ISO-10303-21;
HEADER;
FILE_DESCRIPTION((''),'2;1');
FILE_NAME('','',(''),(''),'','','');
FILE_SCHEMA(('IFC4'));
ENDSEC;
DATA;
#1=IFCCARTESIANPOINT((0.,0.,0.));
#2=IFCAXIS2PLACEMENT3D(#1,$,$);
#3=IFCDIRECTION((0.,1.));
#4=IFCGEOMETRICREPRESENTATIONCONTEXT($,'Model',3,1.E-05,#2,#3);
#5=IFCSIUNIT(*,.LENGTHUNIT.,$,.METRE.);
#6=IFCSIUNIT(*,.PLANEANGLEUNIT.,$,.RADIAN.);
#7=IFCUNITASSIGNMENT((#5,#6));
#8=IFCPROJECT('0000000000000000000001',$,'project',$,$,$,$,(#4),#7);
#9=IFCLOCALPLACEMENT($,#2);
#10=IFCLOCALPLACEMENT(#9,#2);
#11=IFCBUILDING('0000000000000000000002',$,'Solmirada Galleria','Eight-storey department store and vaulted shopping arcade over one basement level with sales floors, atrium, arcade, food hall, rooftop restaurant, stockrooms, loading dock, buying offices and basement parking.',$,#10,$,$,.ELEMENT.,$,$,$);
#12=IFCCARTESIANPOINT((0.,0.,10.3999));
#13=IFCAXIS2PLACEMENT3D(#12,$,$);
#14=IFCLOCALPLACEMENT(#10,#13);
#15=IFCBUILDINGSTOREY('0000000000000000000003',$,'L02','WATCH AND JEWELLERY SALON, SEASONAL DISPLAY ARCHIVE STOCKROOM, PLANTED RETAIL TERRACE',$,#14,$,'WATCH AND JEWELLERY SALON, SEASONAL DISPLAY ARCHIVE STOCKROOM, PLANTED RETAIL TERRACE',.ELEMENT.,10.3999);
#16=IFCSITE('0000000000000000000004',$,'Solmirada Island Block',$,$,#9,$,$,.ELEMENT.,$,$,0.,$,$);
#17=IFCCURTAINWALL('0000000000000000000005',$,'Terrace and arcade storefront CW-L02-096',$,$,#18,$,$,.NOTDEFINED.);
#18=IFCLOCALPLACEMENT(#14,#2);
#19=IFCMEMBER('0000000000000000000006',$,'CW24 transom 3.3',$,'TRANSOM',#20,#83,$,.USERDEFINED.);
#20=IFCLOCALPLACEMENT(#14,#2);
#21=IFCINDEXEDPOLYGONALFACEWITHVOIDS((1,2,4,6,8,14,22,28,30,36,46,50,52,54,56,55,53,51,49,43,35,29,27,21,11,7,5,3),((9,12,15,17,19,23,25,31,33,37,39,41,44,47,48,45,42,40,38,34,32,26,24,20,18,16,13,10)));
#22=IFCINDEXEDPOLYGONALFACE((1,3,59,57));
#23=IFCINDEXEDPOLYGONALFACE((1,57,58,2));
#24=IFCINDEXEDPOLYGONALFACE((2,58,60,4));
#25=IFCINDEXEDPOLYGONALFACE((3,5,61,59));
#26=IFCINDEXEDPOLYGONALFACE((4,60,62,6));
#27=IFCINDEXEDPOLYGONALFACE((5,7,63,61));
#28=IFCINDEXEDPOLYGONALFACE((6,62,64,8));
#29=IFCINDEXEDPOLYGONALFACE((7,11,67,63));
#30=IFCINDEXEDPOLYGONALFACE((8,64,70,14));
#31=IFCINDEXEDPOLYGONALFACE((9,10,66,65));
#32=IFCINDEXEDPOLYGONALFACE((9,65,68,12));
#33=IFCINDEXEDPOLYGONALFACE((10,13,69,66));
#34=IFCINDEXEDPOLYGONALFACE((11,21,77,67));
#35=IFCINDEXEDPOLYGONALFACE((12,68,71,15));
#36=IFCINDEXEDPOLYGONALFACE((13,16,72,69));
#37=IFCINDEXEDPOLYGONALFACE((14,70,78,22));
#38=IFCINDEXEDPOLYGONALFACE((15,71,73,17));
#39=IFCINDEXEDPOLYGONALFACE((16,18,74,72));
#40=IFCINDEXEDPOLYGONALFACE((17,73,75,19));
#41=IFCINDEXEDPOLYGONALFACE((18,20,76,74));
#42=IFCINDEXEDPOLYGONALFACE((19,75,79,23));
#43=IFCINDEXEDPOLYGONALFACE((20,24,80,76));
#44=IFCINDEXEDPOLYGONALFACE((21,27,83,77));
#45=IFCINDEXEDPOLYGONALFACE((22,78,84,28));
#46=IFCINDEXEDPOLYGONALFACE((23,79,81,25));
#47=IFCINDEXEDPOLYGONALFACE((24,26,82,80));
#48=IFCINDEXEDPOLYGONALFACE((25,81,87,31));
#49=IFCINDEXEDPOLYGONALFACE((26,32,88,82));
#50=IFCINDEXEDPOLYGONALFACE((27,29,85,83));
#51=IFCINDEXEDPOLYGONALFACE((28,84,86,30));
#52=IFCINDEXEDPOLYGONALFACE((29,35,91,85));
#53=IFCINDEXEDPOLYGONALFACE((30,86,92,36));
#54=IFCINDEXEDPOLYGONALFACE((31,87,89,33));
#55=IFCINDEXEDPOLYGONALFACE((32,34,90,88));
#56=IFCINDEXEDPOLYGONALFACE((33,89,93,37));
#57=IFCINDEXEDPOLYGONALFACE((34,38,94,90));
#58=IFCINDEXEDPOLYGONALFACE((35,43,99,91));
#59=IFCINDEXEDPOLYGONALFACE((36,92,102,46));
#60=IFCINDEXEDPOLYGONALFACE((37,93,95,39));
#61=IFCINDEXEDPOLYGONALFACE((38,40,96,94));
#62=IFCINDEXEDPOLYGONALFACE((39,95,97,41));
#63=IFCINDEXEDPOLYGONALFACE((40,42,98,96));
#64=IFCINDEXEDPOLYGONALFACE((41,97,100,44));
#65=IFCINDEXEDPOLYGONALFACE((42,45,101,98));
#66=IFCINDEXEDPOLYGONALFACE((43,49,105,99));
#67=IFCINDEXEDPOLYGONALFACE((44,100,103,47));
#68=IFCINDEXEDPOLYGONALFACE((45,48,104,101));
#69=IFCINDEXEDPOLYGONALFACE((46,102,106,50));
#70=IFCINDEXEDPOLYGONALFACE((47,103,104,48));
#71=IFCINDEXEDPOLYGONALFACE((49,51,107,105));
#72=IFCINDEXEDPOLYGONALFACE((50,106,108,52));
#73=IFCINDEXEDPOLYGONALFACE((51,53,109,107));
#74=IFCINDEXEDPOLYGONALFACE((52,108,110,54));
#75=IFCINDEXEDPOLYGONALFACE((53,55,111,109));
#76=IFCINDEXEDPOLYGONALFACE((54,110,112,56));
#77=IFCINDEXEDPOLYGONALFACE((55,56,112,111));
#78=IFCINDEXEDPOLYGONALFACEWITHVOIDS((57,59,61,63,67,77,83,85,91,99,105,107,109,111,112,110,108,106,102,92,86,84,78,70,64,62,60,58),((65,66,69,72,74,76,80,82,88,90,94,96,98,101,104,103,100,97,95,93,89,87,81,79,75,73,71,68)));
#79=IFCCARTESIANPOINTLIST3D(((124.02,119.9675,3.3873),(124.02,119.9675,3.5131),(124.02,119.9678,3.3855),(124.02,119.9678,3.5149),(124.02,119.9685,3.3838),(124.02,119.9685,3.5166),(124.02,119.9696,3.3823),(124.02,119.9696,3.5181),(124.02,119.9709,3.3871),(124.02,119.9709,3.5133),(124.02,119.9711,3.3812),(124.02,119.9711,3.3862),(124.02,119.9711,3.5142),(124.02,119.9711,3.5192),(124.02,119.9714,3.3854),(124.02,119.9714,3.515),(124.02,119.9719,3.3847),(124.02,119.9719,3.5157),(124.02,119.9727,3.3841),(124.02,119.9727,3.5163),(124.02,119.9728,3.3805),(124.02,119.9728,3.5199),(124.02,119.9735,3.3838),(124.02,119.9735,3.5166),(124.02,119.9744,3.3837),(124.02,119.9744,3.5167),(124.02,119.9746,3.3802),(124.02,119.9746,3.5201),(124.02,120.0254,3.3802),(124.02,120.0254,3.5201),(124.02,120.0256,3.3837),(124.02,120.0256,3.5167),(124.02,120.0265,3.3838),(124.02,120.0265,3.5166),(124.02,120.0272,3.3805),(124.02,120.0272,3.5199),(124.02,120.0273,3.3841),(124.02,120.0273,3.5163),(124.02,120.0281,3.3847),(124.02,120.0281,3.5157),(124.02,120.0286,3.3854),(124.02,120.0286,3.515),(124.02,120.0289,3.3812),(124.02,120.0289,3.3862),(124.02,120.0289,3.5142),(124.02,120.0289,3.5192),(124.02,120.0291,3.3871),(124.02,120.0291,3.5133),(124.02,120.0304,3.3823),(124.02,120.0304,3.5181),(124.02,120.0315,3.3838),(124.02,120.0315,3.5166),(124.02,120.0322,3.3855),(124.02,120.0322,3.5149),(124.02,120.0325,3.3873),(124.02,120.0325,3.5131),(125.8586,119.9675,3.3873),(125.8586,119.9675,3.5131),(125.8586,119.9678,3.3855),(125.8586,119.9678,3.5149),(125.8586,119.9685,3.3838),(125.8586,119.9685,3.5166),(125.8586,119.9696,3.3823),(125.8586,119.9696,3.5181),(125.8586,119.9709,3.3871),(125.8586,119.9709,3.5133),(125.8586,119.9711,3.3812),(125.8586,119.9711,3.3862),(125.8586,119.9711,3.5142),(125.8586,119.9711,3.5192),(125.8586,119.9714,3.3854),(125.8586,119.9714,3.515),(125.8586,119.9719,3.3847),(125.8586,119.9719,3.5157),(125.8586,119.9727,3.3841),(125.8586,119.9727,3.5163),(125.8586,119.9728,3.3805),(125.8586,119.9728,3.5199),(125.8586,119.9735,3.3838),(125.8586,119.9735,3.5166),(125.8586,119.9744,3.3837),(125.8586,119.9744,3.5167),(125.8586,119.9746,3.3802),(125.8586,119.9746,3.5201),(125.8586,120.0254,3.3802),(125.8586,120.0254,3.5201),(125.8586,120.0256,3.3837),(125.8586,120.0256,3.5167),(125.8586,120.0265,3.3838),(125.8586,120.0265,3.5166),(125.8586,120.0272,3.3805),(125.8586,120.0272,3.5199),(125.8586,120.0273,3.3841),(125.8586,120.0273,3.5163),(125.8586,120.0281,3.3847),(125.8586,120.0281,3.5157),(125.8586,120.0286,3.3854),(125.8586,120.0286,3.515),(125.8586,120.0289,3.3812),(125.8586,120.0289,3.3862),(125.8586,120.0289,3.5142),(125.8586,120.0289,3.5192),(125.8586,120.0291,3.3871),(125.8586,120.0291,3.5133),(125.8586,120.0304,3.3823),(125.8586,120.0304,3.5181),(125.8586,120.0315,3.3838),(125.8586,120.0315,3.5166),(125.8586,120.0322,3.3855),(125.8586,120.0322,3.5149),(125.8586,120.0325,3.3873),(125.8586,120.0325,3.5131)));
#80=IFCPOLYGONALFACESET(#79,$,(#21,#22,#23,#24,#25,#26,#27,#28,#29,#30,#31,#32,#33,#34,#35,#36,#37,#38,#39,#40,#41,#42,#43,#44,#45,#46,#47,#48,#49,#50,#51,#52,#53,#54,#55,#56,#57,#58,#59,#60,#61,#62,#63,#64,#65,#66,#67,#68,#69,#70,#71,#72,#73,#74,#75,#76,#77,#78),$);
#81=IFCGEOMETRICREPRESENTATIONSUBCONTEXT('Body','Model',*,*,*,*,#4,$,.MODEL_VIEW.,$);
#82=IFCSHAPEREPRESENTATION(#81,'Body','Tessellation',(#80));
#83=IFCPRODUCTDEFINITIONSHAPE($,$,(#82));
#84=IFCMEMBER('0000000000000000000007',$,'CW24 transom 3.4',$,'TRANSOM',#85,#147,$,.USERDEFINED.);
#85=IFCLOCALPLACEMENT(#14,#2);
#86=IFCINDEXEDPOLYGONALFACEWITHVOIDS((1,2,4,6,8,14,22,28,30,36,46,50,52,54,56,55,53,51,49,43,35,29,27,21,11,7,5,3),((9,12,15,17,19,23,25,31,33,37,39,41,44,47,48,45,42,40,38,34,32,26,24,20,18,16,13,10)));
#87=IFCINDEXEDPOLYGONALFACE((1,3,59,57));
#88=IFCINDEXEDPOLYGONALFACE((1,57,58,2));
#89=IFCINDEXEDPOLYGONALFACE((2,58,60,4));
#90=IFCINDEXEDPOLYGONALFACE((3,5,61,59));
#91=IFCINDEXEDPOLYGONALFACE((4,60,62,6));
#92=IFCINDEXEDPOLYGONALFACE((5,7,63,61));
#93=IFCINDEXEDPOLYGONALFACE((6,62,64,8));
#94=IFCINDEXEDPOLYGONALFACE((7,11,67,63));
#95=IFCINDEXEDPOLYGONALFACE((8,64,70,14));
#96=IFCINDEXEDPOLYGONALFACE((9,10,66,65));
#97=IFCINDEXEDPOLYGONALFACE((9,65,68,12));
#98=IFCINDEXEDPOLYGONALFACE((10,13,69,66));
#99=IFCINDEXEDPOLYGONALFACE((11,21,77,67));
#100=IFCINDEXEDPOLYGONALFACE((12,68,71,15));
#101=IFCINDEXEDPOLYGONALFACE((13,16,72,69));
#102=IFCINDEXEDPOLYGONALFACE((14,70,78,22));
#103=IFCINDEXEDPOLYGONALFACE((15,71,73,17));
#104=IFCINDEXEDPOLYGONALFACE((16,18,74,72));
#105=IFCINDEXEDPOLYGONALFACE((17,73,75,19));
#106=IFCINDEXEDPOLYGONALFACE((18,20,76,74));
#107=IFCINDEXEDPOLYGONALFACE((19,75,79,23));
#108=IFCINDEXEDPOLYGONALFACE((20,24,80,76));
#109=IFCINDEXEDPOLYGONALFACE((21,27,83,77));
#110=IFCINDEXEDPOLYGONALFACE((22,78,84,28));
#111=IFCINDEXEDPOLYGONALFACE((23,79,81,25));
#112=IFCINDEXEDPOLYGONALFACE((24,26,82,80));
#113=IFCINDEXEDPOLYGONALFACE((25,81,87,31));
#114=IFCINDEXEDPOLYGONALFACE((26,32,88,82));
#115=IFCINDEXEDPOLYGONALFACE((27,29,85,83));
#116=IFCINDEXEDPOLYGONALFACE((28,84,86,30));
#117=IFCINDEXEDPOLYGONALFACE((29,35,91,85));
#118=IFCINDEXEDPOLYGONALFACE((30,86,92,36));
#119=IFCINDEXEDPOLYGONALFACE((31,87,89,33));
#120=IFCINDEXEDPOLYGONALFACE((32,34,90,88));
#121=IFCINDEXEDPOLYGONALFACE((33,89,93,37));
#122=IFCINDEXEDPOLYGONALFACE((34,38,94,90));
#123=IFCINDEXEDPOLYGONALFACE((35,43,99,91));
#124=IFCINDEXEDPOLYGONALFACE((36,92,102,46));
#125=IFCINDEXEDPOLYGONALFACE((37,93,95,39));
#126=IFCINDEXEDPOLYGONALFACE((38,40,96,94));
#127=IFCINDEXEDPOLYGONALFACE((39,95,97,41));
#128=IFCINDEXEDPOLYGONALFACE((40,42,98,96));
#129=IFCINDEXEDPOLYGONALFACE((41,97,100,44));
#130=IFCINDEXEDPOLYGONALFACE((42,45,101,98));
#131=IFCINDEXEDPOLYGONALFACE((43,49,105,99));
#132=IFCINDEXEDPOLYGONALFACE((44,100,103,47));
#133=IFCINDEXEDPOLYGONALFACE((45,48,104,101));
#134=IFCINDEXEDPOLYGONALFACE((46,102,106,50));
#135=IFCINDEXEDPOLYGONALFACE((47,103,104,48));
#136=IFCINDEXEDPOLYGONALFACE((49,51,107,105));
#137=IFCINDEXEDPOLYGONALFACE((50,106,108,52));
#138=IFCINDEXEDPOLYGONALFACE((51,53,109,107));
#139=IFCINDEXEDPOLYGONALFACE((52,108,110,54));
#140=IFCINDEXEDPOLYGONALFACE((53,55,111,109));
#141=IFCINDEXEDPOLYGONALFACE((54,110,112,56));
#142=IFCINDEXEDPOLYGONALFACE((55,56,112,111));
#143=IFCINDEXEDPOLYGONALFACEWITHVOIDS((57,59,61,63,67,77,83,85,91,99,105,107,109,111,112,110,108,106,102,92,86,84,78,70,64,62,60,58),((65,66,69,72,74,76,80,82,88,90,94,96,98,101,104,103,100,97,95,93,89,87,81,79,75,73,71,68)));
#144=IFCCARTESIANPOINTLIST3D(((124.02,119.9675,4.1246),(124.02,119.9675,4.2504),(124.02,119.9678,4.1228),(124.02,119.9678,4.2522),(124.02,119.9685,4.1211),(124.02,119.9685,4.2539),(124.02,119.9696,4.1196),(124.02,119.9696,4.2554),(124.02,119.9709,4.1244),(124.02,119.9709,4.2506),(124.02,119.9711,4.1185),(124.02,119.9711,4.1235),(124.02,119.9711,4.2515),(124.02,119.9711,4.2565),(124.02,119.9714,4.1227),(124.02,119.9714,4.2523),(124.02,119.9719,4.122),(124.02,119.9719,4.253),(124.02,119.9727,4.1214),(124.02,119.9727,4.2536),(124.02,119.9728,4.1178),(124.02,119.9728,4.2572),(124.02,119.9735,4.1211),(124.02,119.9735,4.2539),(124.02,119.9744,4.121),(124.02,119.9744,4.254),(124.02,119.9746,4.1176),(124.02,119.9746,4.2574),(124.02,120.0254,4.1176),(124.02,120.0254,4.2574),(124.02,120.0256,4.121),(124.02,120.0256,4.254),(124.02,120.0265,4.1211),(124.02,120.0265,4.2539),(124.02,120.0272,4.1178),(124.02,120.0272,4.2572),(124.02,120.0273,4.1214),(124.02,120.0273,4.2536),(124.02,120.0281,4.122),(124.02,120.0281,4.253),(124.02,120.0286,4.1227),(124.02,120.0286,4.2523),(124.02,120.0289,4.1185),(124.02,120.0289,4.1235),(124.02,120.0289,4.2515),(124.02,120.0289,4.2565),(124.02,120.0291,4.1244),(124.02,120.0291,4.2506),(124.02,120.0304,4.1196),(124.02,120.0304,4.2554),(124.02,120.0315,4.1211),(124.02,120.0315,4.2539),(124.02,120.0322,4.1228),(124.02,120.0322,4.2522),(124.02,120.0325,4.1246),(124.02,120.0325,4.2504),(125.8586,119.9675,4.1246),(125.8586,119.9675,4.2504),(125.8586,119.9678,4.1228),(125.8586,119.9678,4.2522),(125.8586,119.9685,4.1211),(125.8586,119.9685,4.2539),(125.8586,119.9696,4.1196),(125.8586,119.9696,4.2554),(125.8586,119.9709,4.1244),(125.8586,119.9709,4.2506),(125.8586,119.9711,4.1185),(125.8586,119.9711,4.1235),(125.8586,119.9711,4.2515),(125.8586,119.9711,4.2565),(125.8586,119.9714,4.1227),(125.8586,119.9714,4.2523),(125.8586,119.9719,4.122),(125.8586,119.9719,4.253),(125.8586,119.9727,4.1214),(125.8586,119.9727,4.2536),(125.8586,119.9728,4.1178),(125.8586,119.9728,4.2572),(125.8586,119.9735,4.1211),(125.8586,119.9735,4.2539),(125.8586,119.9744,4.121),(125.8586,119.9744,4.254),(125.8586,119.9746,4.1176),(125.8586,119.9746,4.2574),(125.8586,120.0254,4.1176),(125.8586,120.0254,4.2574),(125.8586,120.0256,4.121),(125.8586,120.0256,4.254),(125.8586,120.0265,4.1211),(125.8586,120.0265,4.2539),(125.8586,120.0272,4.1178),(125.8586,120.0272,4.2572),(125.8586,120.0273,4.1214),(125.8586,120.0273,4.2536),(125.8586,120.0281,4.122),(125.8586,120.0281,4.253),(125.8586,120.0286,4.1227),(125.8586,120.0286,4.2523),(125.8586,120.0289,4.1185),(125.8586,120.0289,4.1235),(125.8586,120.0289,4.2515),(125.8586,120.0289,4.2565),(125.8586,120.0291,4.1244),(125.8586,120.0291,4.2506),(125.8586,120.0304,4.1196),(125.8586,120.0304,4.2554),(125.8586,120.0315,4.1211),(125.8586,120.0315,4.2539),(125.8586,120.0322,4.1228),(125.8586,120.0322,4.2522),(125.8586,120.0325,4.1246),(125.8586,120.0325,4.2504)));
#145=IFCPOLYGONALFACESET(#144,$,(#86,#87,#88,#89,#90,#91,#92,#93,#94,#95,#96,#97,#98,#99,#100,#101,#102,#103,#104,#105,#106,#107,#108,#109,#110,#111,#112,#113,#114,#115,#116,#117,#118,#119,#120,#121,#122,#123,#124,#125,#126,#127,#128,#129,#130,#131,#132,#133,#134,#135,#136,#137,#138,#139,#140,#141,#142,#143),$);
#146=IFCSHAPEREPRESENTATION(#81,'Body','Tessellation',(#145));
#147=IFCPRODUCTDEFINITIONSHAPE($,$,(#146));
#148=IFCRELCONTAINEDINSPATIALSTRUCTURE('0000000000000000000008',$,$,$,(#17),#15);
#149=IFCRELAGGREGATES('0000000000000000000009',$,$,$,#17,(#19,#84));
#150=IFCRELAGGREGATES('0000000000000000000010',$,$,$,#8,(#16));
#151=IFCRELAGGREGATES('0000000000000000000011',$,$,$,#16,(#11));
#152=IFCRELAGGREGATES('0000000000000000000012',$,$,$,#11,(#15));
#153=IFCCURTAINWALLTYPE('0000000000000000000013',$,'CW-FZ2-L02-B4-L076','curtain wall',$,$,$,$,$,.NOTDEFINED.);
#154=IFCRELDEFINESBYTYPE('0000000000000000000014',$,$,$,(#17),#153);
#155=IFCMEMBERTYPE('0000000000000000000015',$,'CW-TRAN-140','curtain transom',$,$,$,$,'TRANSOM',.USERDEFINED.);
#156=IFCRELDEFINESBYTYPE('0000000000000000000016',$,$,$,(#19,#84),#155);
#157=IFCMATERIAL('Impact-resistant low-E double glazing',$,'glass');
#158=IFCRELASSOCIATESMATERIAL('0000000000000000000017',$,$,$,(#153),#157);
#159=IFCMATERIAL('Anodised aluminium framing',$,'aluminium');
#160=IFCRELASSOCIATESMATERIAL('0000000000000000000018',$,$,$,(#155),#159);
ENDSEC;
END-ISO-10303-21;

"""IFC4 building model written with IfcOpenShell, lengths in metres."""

from ifc_helpers import new_model, si_unit, direction, frame, origin, origin_2d, place, context, subcontext, project, spatial, hollow_rectangle, extrude, material, material_profile, profile_set, type_object, element, aggregate, save


model = new_model("IFC4")

# Units and contexts
model_context = context("Model", 3, precision=1e-05, world=origin(), true_north=direction((0.0, 1.0)))
body_context = subcontext(model_context, "Body", "Model", "MODEL_VIEW")
ifc_project = project(units=[si_unit("LENGTHUNIT", "METRE"), si_unit("PLANEANGLEUNIT", "RADIAN")], contexts=[model_context])

# Site, building, storey
site_placement = place(None, origin())
site = spatial("IfcSite", under=ifc_project, at=site_placement, Name="Solmirada Island Block", CompositionType="ELEMENT", RefElevation=0.0)
building_placement = place(site_placement, origin())
building = spatial("IfcBuilding", under=site, at=building_placement, Name="Solmirada Galleria", Description="Eight-storey department store and vaulted shopping arcade over one basement level with sales floors, atrium, arcade, food hall, rooftop restaurant, stockrooms, loading dock, buying offices and basement parking.", CompositionType="ELEMENT")
storey_placement = place(building_placement, frame((0.0, 0.0, 10.3999)))
storey = spatial("IfcBuildingStorey", under=building, at=storey_placement, Name="L02", Description="WATCH AND JEWELLERY SALON, SEASONAL DISPLAY ARCHIVE STOCKROOM, PLANTED RETAIL TERRACE", LongName="WATCH AND JEWELLERY SALON, SEASONAL DISPLAY ARCHIVE STOCKROOM, PLANTED RETAIL TERRACE", CompositionType="ELEMENT", Elevation=10.3999)

# Shared definitions
ifc_material_1 = material(Name="Impact-resistant low-E double glazing", Category="glass")
ifc_material_2 = material(Name="Anodised aluminium framing", Category="aluminium")

# Curtain wall, members
curtain_wall_type_1 = type_object("IfcCurtainWallType", Name="CW-FZ2-L02-B4-L076", Description="curtain wall", PredefinedType="NOTDEFINED", material=ifc_material_1)
curtain_wall_1_placement = place(storey_placement, origin())
curtain_wall_1 = element("IfcCurtainWall", 1, at=curtain_wall_1_placement, inside=storey, type_object=curtain_wall_type_1, Name="Terrace and arcade storefront CW-L02-096", PredefinedType="NOTDEFINED")
ifc_material_profile_1 = material_profile(ifc_material_2, hollow_rectangle(XDim=0.0649, YDim=0.1399, WallThickness=0.0034, InnerFilletRadius=0.0034, OuterFilletRadius=0.0071, at=origin_2d()), Name="ALU-TRAN-140X65")
ifc_profile_set_1 = profile_set([ifc_material_profile_1], Name="Anodised aluminium framing")
member_type_1 = type_object("IfcMemberType", Name="CW-TRAN-140", Description="curtain transom", ElementType="TRANSOM", PredefinedType="USERDEFINED", material=ifc_profile_set_1)
member_1_placement = place(storey_placement, frame((124.02, 120.0, 3.4502), z_axis=(1.0, 0.0, 0.0), x_axis=(0.0, 1.0, 0.0)))
member_1 = element("IfcMember", 2, at=member_1_placement, type_object=member_type_1, Name="CW24 transom 3.3", ObjectType="TRANSOM", PredefinedType="USERDEFINED", context=body_context, shape_type="SweptSolid", body=[
    extrude(hollow_rectangle(XDim=0.0649, YDim=0.1399, WallThickness=0.0034, InnerFilletRadius=0.0034, OuterFilletRadius=0.0071, at=origin_2d()), origin(), (0.0, 0.0, 1.0), 1.8386),
])
member_2_placement = place(storey_placement, frame((124.02, 120.0, 4.1875), z_axis=(1.0, 0.0, 0.0), x_axis=(0.0, 1.0, 0.0)))
member_2 = element("IfcMember", 3, at=member_2_placement, type_object=member_type_1, Name="CW24 transom 3.4", ObjectType="TRANSOM", PredefinedType="USERDEFINED", context=body_context, shape_type="SweptSolid", body=[
    extrude(hollow_rectangle(XDim=0.0649, YDim=0.1399, WallThickness=0.0034, InnerFilletRadius=0.0034, OuterFilletRadius=0.0071, at=origin_2d()), origin(), (0.0, 0.0, 1.0), 1.8386),
])
aggregate(curtain_wall_1, [member_1, member_2])

save(model, "model.ifc")
